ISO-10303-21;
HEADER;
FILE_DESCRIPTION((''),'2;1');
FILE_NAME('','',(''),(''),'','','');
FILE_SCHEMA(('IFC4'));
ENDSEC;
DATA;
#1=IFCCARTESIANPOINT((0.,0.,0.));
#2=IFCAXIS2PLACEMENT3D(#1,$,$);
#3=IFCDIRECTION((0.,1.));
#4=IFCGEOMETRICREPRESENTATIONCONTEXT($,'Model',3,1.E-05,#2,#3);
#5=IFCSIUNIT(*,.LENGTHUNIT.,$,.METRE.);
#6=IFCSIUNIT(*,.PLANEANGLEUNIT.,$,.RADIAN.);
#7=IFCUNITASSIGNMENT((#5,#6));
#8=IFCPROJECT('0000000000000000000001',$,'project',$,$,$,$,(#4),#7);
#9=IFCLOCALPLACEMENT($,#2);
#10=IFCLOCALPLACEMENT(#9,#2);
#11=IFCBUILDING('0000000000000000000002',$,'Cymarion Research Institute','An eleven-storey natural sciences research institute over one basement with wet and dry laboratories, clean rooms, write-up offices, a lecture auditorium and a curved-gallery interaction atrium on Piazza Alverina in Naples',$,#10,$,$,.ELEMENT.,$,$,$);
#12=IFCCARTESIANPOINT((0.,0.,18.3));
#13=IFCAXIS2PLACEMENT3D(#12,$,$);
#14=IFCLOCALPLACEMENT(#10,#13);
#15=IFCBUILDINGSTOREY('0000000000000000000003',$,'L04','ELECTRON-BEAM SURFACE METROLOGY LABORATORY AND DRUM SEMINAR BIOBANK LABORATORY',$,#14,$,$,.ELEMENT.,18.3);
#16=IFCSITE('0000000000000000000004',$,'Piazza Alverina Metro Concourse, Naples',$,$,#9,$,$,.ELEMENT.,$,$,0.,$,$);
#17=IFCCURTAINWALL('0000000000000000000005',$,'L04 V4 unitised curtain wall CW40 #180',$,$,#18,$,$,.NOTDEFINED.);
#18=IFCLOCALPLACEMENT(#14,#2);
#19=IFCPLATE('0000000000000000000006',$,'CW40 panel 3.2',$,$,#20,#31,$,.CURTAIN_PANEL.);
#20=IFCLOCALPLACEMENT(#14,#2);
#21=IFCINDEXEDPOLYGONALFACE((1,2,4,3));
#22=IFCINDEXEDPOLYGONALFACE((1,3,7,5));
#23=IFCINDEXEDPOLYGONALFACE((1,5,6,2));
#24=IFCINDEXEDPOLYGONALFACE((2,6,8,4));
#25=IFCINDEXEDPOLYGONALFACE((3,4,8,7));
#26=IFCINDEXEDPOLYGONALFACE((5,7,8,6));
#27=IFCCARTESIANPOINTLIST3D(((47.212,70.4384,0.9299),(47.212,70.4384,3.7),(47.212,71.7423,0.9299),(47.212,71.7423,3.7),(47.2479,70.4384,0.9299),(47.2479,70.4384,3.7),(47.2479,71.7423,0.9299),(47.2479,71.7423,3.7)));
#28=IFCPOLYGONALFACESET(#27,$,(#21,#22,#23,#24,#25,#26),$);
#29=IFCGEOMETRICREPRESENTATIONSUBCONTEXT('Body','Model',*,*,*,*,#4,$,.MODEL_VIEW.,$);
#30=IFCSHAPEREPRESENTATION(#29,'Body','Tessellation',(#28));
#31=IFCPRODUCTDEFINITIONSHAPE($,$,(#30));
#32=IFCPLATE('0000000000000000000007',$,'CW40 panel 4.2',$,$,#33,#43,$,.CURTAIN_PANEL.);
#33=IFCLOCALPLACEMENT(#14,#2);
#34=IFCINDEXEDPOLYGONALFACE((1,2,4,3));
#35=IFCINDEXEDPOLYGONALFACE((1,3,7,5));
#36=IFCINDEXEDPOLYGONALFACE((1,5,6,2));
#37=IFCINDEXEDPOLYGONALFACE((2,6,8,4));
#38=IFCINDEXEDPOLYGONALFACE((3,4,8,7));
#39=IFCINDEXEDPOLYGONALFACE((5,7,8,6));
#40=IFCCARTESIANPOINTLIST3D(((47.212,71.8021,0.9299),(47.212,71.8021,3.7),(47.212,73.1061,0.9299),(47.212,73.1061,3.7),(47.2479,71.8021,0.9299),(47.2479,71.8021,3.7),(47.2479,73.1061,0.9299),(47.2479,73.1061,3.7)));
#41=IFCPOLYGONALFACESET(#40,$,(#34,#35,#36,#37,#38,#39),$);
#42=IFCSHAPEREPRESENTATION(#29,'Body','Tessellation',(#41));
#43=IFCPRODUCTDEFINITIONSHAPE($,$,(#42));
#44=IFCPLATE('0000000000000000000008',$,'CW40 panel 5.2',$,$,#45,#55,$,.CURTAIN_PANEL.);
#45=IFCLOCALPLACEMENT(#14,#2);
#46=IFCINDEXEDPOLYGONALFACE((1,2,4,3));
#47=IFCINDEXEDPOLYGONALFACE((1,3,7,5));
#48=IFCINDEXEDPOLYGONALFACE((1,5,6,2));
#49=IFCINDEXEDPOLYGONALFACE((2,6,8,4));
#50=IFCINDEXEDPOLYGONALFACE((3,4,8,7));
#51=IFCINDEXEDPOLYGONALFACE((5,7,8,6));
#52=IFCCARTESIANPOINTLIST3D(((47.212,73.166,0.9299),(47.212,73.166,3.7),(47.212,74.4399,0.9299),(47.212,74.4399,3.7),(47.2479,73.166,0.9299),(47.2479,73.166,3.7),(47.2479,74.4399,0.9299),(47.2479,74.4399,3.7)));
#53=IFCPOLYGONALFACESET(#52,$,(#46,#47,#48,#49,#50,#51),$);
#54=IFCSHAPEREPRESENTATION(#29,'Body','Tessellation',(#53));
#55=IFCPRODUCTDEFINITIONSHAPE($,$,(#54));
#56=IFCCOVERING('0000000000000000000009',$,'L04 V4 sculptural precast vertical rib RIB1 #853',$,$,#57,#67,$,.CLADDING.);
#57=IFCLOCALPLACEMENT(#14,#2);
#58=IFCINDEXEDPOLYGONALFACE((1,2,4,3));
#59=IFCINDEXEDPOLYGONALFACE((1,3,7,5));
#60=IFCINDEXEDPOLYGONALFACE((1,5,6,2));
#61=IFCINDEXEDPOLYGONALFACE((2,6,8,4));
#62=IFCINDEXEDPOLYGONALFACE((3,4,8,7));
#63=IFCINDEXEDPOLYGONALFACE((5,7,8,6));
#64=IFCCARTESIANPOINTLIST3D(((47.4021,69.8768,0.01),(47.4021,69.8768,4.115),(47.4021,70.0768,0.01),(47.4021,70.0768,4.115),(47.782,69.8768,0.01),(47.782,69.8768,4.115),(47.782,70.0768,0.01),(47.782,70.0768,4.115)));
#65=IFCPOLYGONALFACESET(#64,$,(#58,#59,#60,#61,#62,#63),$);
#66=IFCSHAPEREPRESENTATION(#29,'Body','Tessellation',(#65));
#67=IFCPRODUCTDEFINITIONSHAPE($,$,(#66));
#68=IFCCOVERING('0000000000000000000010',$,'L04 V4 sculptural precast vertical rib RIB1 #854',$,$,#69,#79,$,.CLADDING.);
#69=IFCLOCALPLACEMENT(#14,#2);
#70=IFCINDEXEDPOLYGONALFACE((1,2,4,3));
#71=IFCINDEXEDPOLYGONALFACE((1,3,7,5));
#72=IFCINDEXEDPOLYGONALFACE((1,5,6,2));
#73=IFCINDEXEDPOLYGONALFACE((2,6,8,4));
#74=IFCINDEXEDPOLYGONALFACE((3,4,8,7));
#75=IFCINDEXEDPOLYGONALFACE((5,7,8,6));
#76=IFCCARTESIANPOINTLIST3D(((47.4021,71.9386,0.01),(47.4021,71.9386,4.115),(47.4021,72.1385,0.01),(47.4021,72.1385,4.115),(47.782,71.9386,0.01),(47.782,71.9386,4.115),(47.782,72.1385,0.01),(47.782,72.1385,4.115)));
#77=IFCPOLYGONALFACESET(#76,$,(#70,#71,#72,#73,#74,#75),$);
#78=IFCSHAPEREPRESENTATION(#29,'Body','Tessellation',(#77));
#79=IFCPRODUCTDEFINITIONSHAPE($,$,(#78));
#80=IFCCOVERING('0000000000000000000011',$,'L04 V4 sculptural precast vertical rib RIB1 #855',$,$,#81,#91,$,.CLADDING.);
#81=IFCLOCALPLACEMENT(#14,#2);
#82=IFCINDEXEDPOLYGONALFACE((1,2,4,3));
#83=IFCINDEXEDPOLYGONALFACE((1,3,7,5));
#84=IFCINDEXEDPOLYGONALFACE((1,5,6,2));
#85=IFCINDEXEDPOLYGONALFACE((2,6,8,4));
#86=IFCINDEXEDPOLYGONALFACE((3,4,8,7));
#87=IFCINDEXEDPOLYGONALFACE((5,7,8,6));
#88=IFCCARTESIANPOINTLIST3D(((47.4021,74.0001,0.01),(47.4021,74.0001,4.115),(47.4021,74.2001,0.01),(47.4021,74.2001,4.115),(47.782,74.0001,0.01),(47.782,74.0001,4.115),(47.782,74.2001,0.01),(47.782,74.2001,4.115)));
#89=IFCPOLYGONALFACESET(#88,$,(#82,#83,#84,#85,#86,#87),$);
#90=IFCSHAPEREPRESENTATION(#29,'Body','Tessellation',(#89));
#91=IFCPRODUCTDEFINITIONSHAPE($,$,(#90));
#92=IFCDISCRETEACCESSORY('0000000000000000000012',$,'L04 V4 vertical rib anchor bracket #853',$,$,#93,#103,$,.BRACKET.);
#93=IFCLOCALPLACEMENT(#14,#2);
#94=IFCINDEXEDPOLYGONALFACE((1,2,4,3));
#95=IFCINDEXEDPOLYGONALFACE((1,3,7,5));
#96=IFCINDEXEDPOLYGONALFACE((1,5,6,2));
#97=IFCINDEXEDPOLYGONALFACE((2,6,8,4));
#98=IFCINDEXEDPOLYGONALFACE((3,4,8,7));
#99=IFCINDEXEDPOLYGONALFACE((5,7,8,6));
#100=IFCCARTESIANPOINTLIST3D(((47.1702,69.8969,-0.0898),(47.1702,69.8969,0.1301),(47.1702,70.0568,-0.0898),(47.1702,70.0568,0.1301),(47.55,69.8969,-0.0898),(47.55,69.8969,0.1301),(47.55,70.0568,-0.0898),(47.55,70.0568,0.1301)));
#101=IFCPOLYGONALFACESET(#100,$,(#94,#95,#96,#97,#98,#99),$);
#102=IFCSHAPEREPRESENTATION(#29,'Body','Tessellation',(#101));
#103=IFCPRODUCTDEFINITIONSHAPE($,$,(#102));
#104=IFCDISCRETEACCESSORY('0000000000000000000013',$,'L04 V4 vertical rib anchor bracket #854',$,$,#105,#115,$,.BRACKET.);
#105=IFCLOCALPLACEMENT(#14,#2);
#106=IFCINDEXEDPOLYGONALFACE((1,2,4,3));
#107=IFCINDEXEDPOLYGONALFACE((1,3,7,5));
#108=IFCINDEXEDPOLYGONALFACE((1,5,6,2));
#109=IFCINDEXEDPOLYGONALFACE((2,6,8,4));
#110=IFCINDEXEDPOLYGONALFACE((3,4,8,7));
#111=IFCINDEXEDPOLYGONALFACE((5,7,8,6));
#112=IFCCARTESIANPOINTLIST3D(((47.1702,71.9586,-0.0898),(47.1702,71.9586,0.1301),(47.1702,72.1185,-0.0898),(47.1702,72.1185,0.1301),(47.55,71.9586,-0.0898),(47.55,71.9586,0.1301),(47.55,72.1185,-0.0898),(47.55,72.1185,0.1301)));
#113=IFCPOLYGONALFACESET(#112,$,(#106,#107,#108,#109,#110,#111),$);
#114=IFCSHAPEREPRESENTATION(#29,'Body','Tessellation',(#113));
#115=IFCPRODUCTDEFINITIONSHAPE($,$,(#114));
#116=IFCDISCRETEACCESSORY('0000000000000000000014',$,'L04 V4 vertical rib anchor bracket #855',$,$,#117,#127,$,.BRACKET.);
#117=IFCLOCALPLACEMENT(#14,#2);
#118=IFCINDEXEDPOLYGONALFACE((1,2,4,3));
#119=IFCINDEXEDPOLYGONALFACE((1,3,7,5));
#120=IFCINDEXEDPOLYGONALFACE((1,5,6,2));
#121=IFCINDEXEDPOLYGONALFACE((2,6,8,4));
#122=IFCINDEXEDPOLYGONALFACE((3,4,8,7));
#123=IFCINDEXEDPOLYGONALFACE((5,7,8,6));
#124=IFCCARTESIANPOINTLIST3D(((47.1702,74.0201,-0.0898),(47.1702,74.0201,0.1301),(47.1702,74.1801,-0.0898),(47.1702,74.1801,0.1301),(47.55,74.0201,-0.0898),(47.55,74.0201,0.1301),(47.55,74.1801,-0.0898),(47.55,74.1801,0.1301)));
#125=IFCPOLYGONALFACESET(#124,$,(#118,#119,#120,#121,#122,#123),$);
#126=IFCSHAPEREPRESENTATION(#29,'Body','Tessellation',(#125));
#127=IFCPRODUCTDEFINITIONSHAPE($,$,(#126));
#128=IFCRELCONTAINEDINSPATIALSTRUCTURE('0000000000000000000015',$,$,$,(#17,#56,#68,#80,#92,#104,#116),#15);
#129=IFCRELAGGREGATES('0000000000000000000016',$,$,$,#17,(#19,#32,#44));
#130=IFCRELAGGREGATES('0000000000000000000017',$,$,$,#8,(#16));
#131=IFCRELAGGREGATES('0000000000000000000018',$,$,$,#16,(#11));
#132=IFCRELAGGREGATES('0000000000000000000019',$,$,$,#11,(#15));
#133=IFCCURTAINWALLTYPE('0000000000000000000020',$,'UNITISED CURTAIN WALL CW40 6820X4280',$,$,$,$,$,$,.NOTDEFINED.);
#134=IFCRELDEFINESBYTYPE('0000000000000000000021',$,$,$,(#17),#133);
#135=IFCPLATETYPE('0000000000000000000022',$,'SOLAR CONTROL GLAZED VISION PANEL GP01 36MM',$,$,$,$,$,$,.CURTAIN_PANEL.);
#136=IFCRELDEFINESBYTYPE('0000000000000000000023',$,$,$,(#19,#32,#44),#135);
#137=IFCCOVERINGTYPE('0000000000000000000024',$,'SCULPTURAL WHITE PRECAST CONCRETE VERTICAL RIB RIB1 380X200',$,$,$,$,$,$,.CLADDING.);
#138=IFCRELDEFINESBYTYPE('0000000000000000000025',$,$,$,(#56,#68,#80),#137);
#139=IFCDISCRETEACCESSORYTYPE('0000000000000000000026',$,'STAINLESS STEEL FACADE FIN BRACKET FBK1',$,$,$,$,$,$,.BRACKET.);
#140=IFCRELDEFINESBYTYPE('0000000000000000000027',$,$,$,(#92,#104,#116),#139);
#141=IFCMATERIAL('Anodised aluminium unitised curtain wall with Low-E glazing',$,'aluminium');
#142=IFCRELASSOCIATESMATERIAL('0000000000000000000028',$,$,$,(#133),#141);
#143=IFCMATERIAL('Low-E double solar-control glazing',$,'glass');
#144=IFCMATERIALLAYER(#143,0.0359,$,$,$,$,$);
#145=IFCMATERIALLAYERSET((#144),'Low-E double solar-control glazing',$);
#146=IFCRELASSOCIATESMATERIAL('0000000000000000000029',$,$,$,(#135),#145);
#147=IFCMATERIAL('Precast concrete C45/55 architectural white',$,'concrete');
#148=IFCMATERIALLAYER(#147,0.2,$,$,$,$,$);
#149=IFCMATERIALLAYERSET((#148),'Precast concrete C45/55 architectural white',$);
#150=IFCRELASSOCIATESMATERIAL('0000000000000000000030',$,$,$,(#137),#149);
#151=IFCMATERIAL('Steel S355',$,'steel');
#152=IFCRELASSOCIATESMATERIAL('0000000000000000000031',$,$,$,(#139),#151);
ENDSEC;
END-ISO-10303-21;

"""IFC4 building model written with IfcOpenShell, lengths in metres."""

from ifc_helpers import new_model, si_unit, direction, frame, origin, origin_2d, place, context, subcontext, project, spatial, rectangle, extrude, material, layer, layer_set, type_object, element, aggregate, save


model = new_model("IFC4")

# Units and contexts
model_context = context("Model", 3, precision=1e-05, world=origin(), true_north=direction((0.0, 1.0)))
body_context = subcontext(model_context, "Body", "Model", "MODEL_VIEW")
ifc_project = project(units=[si_unit("LENGTHUNIT", "METRE"), si_unit("PLANEANGLEUNIT", "RADIAN")], contexts=[model_context])

# Site, building, storey
site_placement = place(None, origin())
site = spatial("IfcSite", under=ifc_project, at=site_placement, Name="Piazza Alverina Metro Concourse, Naples", CompositionType="ELEMENT", RefElevation=0.0)
building_placement = place(site_placement, origin())
building = spatial("IfcBuilding", under=site, at=building_placement, Name="Cymarion Research Institute", Description="An eleven-storey natural sciences research institute over one basement with wet and dry laboratories, clean rooms, write-up offices, a lecture auditorium and a curved-gallery interaction atrium on Piazza Alverina in Naples", CompositionType="ELEMENT")
storey_placement = place(building_placement, frame((0.0, 0.0, 18.3)))
storey = spatial("IfcBuildingStorey", under=building, at=storey_placement, Name="L04", Description="ELECTRON-BEAM SURFACE METROLOGY LABORATORY AND DRUM SEMINAR BIOBANK LABORATORY", CompositionType="ELEMENT", Elevation=18.3)

# Shared definitions
ifc_material_1 = material(Name="Steel S355", Category="steel")

# Curtain wall
ifc_material_2 = material(Name="Anodised aluminium unitised curtain wall with Low-E glazing", Category="aluminium")
curtain_wall_type_1 = type_object("IfcCurtainWallType", Name="UNITISED CURTAIN WALL CW40 6820X4280", PredefinedType="NOTDEFINED", material=ifc_material_2)
curtain_wall_1_placement = place(storey_placement, origin())
curtain_wall_1 = element("IfcCurtainWall", 1, at=curtain_wall_1_placement, inside=storey, type_object=curtain_wall_type_1, Name="L04 V4 unitised curtain wall CW40 #180", PredefinedType="NOTDEFINED")

# Plates
ifc_material_3 = material(Name="Low-E double solar-control glazing", Category="glass")
ifc_layer_1 = layer(ifc_material_3, 0.0359)
ifc_layer_set_1 = layer_set([ifc_layer_1], Name="Low-E double solar-control glazing")
plate_type_1 = type_object("IfcPlateType", Name="SOLAR CONTROL GLAZED VISION PANEL GP01 36MM", PredefinedType="CURTAIN_PANEL", material=ifc_layer_set_1)
plate_1_placement = place(storey_placement, frame((47.23, 71.0903, 0.9299), z_axis=(0.0, 0.0, 1.0), x_axis=(0.0, 1.0, 0.0)))
plate_1 = element("IfcPlate", 2, at=plate_1_placement, type_object=plate_type_1, Name="CW40 panel 3.2", PredefinedType="CURTAIN_PANEL", context=body_context, shape_type="SweptSolid", body=[
    extrude(rectangle(XDim=1.304, YDim=0.0359, at=origin_2d()), origin(), (0.0, 0.0, 1.0), 2.77),
])
plate_2_placement = place(storey_placement, frame((47.23, 72.4541, 0.9299), z_axis=(0.0, 0.0, 1.0), x_axis=(0.0, 1.0, 0.0)))
plate_2 = element("IfcPlate", 3, at=plate_2_placement, type_object=plate_type_1, Name="CW40 panel 4.2", PredefinedType="CURTAIN_PANEL", context=body_context, shape_type="SweptSolid", body=[
    extrude(rectangle(XDim=1.304, YDim=0.0359, at=origin_2d()), origin(), (0.0, 0.0, 1.0), 2.77),
])
plate_3_placement = place(storey_placement, frame((47.23, 73.803, 0.9299), z_axis=(0.0, 0.0, 1.0), x_axis=(0.0, 1.0, 0.0)))
plate_3 = element("IfcPlate", 4, at=plate_3_placement, type_object=plate_type_1, Name="CW40 panel 5.2", PredefinedType="CURTAIN_PANEL", context=body_context, shape_type="SweptSolid", body=[
    extrude(rectangle(XDim=1.2739, YDim=0.0359, at=origin_2d()), origin(), (0.0, 0.0, 1.0), 2.77),
])
aggregate(curtain_wall_1, [plate_1, plate_2, plate_3])

# Coverings
ifc_material_4 = material(Name="Precast concrete C45/55 architectural white", Category="concrete")
ifc_layer_2 = layer(ifc_material_4, 0.2)
ifc_layer_set_2 = layer_set([ifc_layer_2], Name="Precast concrete C45/55 architectural white")
covering_type = type_object("IfcCoveringType", Name="SCULPTURAL WHITE PRECAST CONCRETE VERTICAL RIB RIB1 380X200", PredefinedType="CLADDING", material=ifc_layer_set_2)
for number, where, z_axis, x_axis, name in (
    (5, (47.592, 69.9768, 0.01), (0.0, 0.0, 1.0), (1.0, 0.0, 0.0), "L04 V4 sculptural precast vertical rib RIB1 #853"),
    (6, (47.592, 72.0386, 0.01), (0.0, 0.0, 1.0), (1.0, 0.0, 0.0), "L04 V4 sculptural precast vertical rib RIB1 #854"),
    (7, (47.592, 74.1001, 0.01), (0.0, 0.0, 1.0), (1.0, 0.0, 0.0), "L04 V4 sculptural precast vertical rib RIB1 #855"),
):
    element("IfcCovering", number, at=place(storey_placement, frame(where, z_axis=z_axis, x_axis=x_axis)), inside=storey, type_object=covering_type, Name=name, PredefinedType="CLADDING", context=body_context, shape_type="SweptSolid", body=[
        extrude(rectangle(XDim=0.3799, YDim=0.2, at=origin_2d()), origin(), (0.0, 0.0, 1.0), 4.105),
    ])

# Discrete accessories
discrete_accessory_type = type_object("IfcDiscreteAccessoryType", Name="STAINLESS STEEL FACADE FIN BRACKET FBK1", PredefinedType="BRACKET", material=ifc_material_1)
for number, where, z_axis, x_axis, name in (
    (8, (47.3601, 69.9768, -0.0898), (0.0, 0.0, 1.0), (1.0, 0.0, 0.0), "L04 V4 vertical rib anchor bracket #853"),
    (9, (47.3601, 72.0386, -0.0898), (0.0, 0.0, 1.0), (1.0, 0.0, 0.0), "L04 V4 vertical rib anchor bracket #854"),
    (10, (47.3601, 74.1001, -0.0898), (0.0, 0.0, 1.0), (1.0, 0.0, 0.0), "L04 V4 vertical rib anchor bracket #855"),
):
    element("IfcDiscreteAccessory", number, at=place(storey_placement, frame(where, z_axis=z_axis, x_axis=x_axis)), inside=storey, type_object=discrete_accessory_type, Name=name, PredefinedType="BRACKET", context=body_context, shape_type="SweptSolid", body=[
        extrude(rectangle(XDim=0.3799, YDim=0.1599, at=origin_2d()), origin(), (0.0, 0.0, 1.0), 0.22),
    ])

save(model, "model.ifc")
